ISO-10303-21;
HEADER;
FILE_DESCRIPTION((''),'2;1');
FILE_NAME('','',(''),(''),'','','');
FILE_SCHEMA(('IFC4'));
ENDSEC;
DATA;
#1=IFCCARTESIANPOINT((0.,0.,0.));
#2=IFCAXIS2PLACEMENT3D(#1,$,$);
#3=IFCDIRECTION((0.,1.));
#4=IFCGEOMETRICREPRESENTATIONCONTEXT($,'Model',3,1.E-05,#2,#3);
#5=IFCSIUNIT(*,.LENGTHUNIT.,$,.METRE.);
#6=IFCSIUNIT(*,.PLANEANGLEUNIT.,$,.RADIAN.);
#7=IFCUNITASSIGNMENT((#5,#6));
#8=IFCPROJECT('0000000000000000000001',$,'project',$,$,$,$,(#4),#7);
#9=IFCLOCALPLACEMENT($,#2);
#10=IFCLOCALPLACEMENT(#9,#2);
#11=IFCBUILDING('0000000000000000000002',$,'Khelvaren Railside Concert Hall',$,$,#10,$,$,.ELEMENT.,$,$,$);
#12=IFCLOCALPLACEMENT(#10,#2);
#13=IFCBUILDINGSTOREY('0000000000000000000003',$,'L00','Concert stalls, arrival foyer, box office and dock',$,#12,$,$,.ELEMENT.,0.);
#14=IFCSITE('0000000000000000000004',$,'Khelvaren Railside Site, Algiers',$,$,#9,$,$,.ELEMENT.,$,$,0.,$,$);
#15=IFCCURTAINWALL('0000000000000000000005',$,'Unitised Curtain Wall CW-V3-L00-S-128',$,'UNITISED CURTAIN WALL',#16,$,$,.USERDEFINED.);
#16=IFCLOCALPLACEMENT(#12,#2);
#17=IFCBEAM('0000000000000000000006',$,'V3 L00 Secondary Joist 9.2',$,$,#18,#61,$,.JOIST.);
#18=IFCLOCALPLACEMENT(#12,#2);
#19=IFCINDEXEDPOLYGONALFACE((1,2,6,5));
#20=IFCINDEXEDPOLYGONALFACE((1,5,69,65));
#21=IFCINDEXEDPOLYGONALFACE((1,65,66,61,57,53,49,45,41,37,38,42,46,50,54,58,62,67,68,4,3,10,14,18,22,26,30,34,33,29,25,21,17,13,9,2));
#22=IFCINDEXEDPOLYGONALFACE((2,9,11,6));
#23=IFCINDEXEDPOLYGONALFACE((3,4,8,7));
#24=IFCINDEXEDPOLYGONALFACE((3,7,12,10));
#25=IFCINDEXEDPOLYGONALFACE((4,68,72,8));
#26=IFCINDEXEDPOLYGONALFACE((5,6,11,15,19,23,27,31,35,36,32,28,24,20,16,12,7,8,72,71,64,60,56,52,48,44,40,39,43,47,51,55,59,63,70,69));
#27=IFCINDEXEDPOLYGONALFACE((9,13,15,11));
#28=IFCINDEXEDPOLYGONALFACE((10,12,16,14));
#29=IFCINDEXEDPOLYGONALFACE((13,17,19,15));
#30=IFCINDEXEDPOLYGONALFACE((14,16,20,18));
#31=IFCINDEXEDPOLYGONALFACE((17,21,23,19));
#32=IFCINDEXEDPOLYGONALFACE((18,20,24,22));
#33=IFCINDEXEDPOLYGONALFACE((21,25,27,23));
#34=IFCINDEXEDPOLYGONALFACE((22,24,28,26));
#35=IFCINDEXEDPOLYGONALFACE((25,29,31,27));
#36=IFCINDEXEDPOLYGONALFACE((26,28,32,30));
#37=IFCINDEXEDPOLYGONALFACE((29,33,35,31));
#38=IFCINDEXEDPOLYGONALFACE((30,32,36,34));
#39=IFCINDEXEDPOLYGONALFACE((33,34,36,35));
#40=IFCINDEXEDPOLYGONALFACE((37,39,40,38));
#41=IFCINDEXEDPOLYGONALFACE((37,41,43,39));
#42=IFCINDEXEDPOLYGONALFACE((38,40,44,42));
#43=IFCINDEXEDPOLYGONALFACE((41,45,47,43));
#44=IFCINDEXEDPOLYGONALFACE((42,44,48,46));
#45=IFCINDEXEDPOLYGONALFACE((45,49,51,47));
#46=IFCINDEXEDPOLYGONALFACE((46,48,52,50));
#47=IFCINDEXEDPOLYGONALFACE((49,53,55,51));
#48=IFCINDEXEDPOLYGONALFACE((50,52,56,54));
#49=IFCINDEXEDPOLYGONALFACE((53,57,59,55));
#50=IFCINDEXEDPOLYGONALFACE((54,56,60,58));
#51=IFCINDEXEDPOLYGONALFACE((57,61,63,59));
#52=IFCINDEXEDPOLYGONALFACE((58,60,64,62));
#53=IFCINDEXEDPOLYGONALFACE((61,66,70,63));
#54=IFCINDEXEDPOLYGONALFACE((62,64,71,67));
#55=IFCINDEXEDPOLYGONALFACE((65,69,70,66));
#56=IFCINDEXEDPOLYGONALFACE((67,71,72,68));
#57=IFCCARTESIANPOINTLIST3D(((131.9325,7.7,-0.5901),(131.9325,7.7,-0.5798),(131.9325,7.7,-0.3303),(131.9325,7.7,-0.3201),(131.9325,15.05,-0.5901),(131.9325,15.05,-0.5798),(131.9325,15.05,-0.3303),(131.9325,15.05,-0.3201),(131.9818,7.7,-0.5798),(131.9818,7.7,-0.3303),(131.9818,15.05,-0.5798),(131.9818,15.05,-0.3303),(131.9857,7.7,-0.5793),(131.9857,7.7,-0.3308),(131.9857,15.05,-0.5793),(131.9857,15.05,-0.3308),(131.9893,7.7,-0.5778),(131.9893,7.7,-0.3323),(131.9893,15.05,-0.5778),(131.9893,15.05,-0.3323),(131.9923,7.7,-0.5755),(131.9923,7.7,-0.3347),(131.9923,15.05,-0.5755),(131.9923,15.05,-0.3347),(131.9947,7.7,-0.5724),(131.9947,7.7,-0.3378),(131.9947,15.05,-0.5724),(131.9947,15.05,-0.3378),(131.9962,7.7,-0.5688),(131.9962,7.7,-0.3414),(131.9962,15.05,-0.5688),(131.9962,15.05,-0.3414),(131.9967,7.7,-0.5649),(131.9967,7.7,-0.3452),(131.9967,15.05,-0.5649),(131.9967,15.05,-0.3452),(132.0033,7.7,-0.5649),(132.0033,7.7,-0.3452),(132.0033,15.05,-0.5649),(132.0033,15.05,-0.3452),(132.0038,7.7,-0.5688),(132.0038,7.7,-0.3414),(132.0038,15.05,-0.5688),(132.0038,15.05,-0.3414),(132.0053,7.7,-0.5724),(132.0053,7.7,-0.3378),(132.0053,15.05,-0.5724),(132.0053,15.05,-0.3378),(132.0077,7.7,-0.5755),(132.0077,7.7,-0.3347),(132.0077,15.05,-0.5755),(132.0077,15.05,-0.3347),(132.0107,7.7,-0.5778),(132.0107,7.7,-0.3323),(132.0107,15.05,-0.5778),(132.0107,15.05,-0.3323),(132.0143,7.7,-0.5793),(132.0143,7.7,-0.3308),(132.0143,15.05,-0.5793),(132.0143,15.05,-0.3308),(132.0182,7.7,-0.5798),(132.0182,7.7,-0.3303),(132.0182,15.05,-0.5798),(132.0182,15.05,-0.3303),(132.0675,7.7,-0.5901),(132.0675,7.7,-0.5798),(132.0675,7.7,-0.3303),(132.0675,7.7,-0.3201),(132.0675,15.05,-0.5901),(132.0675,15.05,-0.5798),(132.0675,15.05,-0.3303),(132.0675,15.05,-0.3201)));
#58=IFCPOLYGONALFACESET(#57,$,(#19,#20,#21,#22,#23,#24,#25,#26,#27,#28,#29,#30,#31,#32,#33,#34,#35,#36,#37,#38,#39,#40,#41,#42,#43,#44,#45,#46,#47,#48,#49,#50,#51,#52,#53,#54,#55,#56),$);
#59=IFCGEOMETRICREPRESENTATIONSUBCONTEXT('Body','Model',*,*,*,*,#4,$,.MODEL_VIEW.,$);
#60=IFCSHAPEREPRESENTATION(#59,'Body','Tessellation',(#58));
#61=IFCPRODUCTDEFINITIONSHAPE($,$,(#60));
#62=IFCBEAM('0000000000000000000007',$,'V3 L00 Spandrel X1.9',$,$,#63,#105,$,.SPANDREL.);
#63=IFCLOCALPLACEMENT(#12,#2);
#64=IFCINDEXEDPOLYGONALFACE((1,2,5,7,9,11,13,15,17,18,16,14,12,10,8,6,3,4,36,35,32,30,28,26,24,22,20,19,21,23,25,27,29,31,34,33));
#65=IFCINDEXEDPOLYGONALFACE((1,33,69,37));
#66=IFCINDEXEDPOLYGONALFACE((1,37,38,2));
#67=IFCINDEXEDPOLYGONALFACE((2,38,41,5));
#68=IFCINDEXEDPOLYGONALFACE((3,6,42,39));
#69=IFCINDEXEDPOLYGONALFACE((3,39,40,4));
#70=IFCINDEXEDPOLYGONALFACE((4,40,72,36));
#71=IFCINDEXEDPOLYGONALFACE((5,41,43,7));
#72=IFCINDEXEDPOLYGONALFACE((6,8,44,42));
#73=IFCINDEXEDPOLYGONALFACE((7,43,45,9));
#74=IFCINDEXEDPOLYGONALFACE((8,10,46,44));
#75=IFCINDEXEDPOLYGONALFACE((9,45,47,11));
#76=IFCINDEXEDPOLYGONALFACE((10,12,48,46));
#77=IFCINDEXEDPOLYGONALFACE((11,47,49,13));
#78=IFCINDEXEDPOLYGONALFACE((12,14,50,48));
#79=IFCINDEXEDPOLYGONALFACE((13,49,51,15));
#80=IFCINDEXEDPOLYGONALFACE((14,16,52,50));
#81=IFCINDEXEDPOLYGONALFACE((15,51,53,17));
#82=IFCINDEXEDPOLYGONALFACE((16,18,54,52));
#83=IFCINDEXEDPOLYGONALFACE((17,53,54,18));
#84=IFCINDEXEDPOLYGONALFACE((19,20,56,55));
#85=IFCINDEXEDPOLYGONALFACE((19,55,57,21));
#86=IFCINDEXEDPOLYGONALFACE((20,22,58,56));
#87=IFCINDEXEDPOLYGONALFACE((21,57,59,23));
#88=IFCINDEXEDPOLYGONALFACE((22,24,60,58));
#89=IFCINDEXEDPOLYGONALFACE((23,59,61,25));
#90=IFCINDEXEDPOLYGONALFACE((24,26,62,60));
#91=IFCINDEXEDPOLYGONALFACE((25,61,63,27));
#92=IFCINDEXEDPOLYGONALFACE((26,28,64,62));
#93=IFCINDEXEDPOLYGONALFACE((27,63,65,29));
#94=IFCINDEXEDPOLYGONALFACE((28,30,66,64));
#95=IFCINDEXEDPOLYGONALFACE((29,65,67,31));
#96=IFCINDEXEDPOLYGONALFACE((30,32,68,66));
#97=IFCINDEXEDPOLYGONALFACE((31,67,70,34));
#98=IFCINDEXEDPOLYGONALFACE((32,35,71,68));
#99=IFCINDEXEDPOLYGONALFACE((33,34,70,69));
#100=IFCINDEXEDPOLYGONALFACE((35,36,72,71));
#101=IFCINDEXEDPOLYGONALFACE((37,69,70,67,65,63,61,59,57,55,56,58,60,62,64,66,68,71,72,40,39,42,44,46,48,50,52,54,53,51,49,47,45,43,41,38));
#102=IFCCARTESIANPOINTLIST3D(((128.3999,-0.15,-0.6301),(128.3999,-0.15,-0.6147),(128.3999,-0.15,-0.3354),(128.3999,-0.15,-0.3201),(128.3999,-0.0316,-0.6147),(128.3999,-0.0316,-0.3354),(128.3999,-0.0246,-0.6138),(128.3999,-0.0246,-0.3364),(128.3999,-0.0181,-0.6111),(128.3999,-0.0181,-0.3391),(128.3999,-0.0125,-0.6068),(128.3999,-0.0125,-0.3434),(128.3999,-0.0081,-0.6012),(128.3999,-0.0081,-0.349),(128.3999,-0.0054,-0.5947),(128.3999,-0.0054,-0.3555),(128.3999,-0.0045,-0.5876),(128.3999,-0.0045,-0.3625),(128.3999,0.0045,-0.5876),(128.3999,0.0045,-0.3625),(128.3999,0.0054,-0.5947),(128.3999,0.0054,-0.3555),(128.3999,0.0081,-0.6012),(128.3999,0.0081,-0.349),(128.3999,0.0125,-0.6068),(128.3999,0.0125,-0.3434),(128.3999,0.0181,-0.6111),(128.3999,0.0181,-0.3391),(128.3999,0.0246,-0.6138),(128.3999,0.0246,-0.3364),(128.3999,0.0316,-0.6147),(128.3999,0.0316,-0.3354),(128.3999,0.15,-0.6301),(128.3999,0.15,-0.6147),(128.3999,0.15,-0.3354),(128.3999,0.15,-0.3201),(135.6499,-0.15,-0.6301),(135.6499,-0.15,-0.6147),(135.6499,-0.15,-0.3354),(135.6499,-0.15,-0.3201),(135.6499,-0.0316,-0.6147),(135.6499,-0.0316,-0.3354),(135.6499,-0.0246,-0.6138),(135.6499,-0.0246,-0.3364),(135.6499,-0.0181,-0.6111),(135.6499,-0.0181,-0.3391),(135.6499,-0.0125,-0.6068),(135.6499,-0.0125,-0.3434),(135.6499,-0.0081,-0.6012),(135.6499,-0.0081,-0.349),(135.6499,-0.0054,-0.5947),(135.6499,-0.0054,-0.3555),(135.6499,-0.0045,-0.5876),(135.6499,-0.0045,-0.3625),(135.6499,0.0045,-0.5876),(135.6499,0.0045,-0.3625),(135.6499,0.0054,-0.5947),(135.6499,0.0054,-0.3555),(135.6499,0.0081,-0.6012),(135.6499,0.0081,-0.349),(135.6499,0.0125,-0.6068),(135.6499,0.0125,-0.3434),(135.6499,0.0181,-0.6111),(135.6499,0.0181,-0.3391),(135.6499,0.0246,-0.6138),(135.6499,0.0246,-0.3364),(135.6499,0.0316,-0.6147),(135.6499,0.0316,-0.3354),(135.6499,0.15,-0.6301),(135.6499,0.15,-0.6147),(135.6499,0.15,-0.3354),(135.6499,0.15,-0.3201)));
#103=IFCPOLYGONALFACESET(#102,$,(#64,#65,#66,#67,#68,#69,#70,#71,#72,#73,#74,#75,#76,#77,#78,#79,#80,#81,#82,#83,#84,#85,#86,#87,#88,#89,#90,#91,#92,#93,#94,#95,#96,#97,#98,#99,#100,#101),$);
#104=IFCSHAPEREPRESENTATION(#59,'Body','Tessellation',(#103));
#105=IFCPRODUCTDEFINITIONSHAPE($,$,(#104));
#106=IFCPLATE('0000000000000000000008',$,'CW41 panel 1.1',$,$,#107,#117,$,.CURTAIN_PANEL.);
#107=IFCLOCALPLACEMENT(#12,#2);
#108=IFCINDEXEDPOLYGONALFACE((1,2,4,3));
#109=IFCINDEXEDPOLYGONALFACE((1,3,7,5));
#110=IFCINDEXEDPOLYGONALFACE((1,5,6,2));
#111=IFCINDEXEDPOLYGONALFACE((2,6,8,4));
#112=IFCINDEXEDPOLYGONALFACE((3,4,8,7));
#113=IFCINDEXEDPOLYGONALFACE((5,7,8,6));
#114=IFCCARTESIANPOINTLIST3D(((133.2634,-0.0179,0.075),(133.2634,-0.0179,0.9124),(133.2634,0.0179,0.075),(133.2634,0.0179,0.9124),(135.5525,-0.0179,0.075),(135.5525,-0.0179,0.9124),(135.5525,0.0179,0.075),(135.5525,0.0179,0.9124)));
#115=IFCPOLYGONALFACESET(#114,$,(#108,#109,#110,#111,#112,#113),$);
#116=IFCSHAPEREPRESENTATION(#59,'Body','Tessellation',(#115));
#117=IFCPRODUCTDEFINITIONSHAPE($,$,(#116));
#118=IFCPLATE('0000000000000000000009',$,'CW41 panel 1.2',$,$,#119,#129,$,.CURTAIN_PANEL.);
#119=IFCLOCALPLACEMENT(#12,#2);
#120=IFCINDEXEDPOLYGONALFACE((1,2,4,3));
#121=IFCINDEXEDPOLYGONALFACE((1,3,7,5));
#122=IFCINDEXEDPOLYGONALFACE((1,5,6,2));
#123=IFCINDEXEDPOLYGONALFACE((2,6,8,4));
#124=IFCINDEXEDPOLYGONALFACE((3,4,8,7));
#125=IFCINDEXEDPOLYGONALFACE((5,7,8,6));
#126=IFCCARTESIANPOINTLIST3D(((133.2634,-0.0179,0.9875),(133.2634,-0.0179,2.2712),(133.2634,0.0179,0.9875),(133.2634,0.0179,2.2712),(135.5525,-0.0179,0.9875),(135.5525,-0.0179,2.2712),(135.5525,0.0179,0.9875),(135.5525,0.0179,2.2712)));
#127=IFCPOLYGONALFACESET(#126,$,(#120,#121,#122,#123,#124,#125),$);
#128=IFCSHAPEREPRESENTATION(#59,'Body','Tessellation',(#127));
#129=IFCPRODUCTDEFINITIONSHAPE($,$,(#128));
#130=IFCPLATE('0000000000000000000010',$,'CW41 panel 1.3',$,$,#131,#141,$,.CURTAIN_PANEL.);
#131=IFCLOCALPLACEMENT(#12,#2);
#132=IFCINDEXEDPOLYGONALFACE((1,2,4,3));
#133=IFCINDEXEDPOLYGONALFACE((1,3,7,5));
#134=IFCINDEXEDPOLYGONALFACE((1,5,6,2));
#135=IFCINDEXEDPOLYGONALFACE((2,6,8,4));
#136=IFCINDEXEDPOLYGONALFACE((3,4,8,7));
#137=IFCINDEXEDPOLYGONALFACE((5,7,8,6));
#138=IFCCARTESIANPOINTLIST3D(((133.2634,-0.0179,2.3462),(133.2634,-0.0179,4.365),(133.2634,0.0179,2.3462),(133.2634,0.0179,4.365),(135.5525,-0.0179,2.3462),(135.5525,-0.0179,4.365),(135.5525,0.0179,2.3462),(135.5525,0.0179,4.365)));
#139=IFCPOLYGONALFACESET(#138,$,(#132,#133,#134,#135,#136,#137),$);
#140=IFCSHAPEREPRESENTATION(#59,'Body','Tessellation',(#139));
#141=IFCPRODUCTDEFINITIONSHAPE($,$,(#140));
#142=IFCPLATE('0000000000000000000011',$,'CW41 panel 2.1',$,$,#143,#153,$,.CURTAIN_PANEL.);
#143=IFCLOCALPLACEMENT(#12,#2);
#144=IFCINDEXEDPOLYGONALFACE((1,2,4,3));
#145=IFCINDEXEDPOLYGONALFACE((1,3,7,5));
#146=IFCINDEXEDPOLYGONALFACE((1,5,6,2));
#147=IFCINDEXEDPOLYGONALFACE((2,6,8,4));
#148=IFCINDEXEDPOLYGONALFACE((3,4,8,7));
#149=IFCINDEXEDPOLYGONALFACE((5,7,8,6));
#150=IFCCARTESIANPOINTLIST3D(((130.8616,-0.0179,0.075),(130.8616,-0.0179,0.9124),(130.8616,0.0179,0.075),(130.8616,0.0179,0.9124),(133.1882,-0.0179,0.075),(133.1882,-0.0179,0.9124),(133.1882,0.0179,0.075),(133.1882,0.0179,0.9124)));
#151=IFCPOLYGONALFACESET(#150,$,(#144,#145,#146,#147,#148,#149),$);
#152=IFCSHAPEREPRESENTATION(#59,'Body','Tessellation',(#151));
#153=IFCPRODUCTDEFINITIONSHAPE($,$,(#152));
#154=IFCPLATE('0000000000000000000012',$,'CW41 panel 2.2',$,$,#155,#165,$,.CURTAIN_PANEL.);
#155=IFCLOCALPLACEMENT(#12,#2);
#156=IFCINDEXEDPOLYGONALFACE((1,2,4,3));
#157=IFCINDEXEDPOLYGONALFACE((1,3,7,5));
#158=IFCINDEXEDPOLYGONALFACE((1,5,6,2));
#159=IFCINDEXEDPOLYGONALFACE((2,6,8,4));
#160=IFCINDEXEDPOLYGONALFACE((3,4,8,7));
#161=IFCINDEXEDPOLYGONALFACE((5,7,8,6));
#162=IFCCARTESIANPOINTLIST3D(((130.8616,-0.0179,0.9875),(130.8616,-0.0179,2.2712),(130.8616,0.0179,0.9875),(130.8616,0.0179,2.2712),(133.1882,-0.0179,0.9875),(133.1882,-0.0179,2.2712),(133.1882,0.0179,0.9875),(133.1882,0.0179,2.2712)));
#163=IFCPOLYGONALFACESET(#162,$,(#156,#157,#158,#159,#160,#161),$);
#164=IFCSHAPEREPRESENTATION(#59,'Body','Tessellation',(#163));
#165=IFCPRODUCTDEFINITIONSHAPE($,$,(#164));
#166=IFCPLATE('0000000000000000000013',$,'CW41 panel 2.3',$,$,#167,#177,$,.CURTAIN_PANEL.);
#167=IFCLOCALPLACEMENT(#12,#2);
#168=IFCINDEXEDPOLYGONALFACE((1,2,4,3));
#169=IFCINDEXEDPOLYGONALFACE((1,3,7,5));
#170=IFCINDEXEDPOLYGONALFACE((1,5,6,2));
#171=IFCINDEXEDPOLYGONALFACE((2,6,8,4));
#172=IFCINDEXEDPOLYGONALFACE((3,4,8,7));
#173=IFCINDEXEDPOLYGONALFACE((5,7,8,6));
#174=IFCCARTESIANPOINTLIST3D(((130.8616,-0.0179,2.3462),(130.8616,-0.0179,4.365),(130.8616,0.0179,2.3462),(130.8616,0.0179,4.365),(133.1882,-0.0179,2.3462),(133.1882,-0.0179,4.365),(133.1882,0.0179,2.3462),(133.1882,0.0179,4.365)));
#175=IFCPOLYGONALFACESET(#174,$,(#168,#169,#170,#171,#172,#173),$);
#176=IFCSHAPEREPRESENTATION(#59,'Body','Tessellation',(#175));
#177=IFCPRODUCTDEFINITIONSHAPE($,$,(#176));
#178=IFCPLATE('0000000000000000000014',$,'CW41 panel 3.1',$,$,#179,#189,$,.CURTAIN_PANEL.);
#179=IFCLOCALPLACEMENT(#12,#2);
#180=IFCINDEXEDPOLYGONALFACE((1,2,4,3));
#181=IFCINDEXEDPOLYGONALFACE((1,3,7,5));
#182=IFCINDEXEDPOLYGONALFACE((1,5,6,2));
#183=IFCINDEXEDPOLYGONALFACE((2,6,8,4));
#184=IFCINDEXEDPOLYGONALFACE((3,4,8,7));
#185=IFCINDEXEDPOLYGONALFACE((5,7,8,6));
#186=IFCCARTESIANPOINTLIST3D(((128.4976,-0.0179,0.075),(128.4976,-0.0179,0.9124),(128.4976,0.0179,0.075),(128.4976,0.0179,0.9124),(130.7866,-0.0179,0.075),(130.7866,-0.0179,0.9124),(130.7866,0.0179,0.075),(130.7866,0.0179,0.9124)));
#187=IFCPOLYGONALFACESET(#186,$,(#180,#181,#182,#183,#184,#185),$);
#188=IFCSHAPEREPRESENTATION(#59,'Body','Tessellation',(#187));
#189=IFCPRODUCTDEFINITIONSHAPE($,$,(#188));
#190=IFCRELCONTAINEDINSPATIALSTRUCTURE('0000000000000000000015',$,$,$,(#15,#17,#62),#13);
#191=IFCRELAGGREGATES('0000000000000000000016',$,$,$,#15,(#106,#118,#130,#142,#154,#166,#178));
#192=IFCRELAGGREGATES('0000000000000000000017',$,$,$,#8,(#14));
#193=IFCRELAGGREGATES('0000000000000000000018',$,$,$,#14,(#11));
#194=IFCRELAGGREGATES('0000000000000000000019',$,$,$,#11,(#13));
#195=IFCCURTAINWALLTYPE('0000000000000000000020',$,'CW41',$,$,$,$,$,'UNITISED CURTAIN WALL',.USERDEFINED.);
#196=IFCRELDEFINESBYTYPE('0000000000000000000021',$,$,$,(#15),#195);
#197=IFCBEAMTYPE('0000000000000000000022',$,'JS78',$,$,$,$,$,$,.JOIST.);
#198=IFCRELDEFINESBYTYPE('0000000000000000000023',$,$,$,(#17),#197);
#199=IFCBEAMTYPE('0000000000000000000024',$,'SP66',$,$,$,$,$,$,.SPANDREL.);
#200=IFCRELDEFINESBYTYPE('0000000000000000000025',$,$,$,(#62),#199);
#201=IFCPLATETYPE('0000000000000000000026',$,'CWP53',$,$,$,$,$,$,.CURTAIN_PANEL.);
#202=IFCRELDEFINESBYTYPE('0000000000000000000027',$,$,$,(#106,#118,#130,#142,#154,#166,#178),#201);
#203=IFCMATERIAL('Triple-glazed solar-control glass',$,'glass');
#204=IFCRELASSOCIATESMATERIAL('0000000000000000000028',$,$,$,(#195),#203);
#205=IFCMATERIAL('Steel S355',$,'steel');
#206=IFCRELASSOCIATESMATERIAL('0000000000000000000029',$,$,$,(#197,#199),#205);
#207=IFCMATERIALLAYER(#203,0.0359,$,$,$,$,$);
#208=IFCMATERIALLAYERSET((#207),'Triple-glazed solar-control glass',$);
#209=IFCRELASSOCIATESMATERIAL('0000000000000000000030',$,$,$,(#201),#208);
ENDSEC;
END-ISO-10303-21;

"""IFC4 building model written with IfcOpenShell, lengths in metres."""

from ifc_helpers import new_model, si_unit, direction, frame, origin, origin_2d, place, context, subcontext, project, spatial, rectangle, i_section, extrude, material, layer, layer_set, material_profile, profile_set, type_object, element, aggregate, save


model = new_model("IFC4")

# Units and contexts
model_context = context("Model", 3, precision=1e-05, world=origin(), true_north=direction((0.0, 1.0)))
body_context = subcontext(model_context, "Body", "Model", "MODEL_VIEW")
ifc_project = project(units=[si_unit("LENGTHUNIT", "METRE"), si_unit("PLANEANGLEUNIT", "RADIAN")], contexts=[model_context])

# Site, building, storey
site_placement = place(None, origin())
site = spatial("IfcSite", under=ifc_project, at=site_placement, Name="Khelvaren Railside Site, Algiers", CompositionType="ELEMENT", RefElevation=0.0)
building_placement = place(site_placement, origin())
building = spatial("IfcBuilding", under=site, at=building_placement, Name="Khelvaren Railside Concert Hall", CompositionType="ELEMENT")
storey_placement = place(building_placement, origin())
storey = spatial("IfcBuildingStorey", under=building, at=storey_placement, Name="L00", Description="Concert stalls, arrival foyer, box office and dock", CompositionType="ELEMENT", Elevation=0.0)

# Shared definitions
ifc_material_1 = material(Name="Steel S355", Category="steel")

# Curtain wall
ifc_material_2 = material(Name="Triple-glazed solar-control glass", Category="glass")
curtain_wall_type = type_object("IfcCurtainWallType", Name="CW41", ElementType="UNITISED CURTAIN WALL", PredefinedType="USERDEFINED", material=ifc_material_2)
curtain_wall_placement = place(storey_placement, origin())
curtain_wall = element("IfcCurtainWall", 1, at=curtain_wall_placement, inside=storey, type_object=curtain_wall_type, Name="Unitised Curtain Wall CW-V3-L00-S-128", ObjectType="UNITISED CURTAIN WALL", PredefinedType="USERDEFINED")

# Beams
ifc_material_profile_1 = material_profile(ifc_material_1, i_section(OverallWidth=0.135, OverallDepth=0.27, WebThickness=0.0066, FlangeThickness=0.0103, FilletRadius=0.0149, at=origin_2d()), Name="IPE 270")
ifc_profile_set_1 = profile_set([ifc_material_profile_1], Name="Steel S355")
beam_type_1 = type_object("IfcBeamType", Name="JS78", PredefinedType="JOIST", material=ifc_profile_set_1)
beam_1_placement = place(storey_placement, frame((132.0, 7.7, -0.4551), z_axis=(0.0, 1.0, 0.0), x_axis=(-1.0, 0.0, 0.0)))
element("IfcBeam", 2, at=beam_1_placement, inside=storey, type_object=beam_type_1, Name="V3 L00 Secondary Joist 9.2", PredefinedType="JOIST", context=body_context, shape_type="SweptSolid", body=[
    extrude(i_section(OverallWidth=0.135, OverallDepth=0.27, WebThickness=0.0066, FlangeThickness=0.0103, FilletRadius=0.0149, at=origin_2d()), origin(), (0.0, 0.0, 1.0), 7.3501),
])
ifc_material_profile_2 = material_profile(ifc_material_1, i_section(OverallWidth=0.3, OverallDepth=0.3101, WebThickness=0.009, FlangeThickness=0.0154, FilletRadius=0.0271, at=origin_2d()), Name="HEA 320")
ifc_profile_set_2 = profile_set([ifc_material_profile_2], Name="Steel S355")
beam_type_2 = type_object("IfcBeamType", Name="SP66", PredefinedType="SPANDREL", material=ifc_profile_set_2)
beam_2_placement = place(storey_placement, frame((128.3999, 0.0, -0.4751), z_axis=(1.0, 0.0, 0.0), x_axis=(0.0, 1.0, 0.0)))
element("IfcBeam", 3, at=beam_2_placement, inside=storey, type_object=beam_type_2, Name="V3 L00 Spandrel X1.9", PredefinedType="SPANDREL", context=body_context, shape_type="SweptSolid", body=[
    extrude(i_section(OverallWidth=0.3, OverallDepth=0.3101, WebThickness=0.009, FlangeThickness=0.0154, FilletRadius=0.0271, at=origin_2d()), origin(), (0.0, 0.0, 1.0), 7.25),
])

# Plates
ifc_layer_1 = layer(ifc_material_2, 0.0359)
ifc_layer_set_1 = layer_set([ifc_layer_1], Name="Triple-glazed solar-control glass")
plate_type = type_object("IfcPlateType", Name="CWP53", PredefinedType="CURTAIN_PANEL", material=ifc_layer_set_1)
plate_1_placement = place(storey_placement, frame((134.408, 0.0, 0.075), z_axis=(0.0, 0.0, 1.0), x_axis=(-1.0, 0.0, 0.0)))
plate_1 = element("IfcPlate", 4, at=plate_1_placement, type_object=plate_type, Name="CW41 panel 1.1", PredefinedType="CURTAIN_PANEL", context=body_context, shape_type="SweptSolid", body=[
    extrude(rectangle(XDim=2.2891, YDim=0.0359, at=origin_2d()), origin(), (0.0, 0.0, 1.0), 0.8374),
])
plate_2_placement = place(storey_placement, frame((134.408, 0.0, 0.9875), z_axis=(0.0, 0.0, 1.0), x_axis=(-1.0, 0.0, 0.0)))
plate_2 = element("IfcPlate", 5, at=plate_2_placement, type_object=plate_type, Name="CW41 panel 1.2", PredefinedType="CURTAIN_PANEL", context=body_context, shape_type="SweptSolid", body=[
    extrude(rectangle(XDim=2.2891, YDim=0.0359, at=origin_2d()), origin(), (0.0, 0.0, 1.0), 1.2837),
])
plate_3_placement = place(storey_placement, frame((134.408, 0.0, 2.3462), z_axis=(0.0, 0.0, 1.0), x_axis=(-1.0, 0.0, 0.0)))
plate_3 = element("IfcPlate", 6, at=plate_3_placement, type_object=plate_type, Name="CW41 panel 1.3", PredefinedType="CURTAIN_PANEL", context=body_context, shape_type="SweptSolid", body=[
    extrude(rectangle(XDim=2.2891, YDim=0.0359, at=origin_2d()), origin(), (0.0, 0.0, 1.0), 2.0188),
])
plate_4_placement = place(storey_placement, frame((132.0249, 0.0, 0.075), z_axis=(0.0, 0.0, 1.0), x_axis=(-1.0, 0.0, 0.0)))
plate_4 = element("IfcPlate", 7, at=plate_4_placement, type_object=plate_type, Name="CW41 panel 2.1", PredefinedType="CURTAIN_PANEL", context=body_context, shape_type="SweptSolid", body=[
    extrude(rectangle(XDim=2.3267, YDim=0.0359, at=origin_2d()), origin(), (0.0, 0.0, 1.0), 0.8374),
])
plate_5_placement = place(storey_placement, frame((132.0249, 0.0, 0.9875), z_axis=(0.0, 0.0, 1.0), x_axis=(-1.0, 0.0, 0.0)))
plate_5 = element("IfcPlate", 8, at=plate_5_placement, type_object=plate_type, Name="CW41 panel 2.2", PredefinedType="CURTAIN_PANEL", context=body_context, shape_type="SweptSolid", body=[
    extrude(rectangle(XDim=2.3267, YDim=0.0359, at=origin_2d()), origin(), (0.0, 0.0, 1.0), 1.2837),
])
plate_6_placement = place(storey_placement, frame((132.0249, 0.0, 2.3462), z_axis=(0.0, 0.0, 1.0), x_axis=(-1.0, 0.0, 0.0)))
plate_6 = element("IfcPlate", 9, at=plate_6_placement, type_object=plate_type, Name="CW41 panel 2.3", PredefinedType="CURTAIN_PANEL", context=body_context, shape_type="SweptSolid", body=[
    extrude(rectangle(XDim=2.3267, YDim=0.0359, at=origin_2d()), origin(), (0.0, 0.0, 1.0), 2.0188),
])
plate_7_placement = place(storey_placement, frame((129.6421, 0.0, 0.075), z_axis=(0.0, 0.0, 1.0), x_axis=(-1.0, 0.0, 0.0)))
plate_7 = element("IfcPlate", 10, at=plate_7_placement, type_object=plate_type, Name="CW41 panel 3.1", PredefinedType="CURTAIN_PANEL", context=body_context, shape_type="SweptSolid", body=[
    extrude(rectangle(XDim=2.2891, YDim=0.0359, at=origin_2d()), origin(), (0.0, 0.0, 1.0), 0.8374),
])
aggregate(curtain_wall, [plate_1, plate_2, plate_3, plate_4, plate_5, plate_6, plate_7])

save(model, "model.ifc")
